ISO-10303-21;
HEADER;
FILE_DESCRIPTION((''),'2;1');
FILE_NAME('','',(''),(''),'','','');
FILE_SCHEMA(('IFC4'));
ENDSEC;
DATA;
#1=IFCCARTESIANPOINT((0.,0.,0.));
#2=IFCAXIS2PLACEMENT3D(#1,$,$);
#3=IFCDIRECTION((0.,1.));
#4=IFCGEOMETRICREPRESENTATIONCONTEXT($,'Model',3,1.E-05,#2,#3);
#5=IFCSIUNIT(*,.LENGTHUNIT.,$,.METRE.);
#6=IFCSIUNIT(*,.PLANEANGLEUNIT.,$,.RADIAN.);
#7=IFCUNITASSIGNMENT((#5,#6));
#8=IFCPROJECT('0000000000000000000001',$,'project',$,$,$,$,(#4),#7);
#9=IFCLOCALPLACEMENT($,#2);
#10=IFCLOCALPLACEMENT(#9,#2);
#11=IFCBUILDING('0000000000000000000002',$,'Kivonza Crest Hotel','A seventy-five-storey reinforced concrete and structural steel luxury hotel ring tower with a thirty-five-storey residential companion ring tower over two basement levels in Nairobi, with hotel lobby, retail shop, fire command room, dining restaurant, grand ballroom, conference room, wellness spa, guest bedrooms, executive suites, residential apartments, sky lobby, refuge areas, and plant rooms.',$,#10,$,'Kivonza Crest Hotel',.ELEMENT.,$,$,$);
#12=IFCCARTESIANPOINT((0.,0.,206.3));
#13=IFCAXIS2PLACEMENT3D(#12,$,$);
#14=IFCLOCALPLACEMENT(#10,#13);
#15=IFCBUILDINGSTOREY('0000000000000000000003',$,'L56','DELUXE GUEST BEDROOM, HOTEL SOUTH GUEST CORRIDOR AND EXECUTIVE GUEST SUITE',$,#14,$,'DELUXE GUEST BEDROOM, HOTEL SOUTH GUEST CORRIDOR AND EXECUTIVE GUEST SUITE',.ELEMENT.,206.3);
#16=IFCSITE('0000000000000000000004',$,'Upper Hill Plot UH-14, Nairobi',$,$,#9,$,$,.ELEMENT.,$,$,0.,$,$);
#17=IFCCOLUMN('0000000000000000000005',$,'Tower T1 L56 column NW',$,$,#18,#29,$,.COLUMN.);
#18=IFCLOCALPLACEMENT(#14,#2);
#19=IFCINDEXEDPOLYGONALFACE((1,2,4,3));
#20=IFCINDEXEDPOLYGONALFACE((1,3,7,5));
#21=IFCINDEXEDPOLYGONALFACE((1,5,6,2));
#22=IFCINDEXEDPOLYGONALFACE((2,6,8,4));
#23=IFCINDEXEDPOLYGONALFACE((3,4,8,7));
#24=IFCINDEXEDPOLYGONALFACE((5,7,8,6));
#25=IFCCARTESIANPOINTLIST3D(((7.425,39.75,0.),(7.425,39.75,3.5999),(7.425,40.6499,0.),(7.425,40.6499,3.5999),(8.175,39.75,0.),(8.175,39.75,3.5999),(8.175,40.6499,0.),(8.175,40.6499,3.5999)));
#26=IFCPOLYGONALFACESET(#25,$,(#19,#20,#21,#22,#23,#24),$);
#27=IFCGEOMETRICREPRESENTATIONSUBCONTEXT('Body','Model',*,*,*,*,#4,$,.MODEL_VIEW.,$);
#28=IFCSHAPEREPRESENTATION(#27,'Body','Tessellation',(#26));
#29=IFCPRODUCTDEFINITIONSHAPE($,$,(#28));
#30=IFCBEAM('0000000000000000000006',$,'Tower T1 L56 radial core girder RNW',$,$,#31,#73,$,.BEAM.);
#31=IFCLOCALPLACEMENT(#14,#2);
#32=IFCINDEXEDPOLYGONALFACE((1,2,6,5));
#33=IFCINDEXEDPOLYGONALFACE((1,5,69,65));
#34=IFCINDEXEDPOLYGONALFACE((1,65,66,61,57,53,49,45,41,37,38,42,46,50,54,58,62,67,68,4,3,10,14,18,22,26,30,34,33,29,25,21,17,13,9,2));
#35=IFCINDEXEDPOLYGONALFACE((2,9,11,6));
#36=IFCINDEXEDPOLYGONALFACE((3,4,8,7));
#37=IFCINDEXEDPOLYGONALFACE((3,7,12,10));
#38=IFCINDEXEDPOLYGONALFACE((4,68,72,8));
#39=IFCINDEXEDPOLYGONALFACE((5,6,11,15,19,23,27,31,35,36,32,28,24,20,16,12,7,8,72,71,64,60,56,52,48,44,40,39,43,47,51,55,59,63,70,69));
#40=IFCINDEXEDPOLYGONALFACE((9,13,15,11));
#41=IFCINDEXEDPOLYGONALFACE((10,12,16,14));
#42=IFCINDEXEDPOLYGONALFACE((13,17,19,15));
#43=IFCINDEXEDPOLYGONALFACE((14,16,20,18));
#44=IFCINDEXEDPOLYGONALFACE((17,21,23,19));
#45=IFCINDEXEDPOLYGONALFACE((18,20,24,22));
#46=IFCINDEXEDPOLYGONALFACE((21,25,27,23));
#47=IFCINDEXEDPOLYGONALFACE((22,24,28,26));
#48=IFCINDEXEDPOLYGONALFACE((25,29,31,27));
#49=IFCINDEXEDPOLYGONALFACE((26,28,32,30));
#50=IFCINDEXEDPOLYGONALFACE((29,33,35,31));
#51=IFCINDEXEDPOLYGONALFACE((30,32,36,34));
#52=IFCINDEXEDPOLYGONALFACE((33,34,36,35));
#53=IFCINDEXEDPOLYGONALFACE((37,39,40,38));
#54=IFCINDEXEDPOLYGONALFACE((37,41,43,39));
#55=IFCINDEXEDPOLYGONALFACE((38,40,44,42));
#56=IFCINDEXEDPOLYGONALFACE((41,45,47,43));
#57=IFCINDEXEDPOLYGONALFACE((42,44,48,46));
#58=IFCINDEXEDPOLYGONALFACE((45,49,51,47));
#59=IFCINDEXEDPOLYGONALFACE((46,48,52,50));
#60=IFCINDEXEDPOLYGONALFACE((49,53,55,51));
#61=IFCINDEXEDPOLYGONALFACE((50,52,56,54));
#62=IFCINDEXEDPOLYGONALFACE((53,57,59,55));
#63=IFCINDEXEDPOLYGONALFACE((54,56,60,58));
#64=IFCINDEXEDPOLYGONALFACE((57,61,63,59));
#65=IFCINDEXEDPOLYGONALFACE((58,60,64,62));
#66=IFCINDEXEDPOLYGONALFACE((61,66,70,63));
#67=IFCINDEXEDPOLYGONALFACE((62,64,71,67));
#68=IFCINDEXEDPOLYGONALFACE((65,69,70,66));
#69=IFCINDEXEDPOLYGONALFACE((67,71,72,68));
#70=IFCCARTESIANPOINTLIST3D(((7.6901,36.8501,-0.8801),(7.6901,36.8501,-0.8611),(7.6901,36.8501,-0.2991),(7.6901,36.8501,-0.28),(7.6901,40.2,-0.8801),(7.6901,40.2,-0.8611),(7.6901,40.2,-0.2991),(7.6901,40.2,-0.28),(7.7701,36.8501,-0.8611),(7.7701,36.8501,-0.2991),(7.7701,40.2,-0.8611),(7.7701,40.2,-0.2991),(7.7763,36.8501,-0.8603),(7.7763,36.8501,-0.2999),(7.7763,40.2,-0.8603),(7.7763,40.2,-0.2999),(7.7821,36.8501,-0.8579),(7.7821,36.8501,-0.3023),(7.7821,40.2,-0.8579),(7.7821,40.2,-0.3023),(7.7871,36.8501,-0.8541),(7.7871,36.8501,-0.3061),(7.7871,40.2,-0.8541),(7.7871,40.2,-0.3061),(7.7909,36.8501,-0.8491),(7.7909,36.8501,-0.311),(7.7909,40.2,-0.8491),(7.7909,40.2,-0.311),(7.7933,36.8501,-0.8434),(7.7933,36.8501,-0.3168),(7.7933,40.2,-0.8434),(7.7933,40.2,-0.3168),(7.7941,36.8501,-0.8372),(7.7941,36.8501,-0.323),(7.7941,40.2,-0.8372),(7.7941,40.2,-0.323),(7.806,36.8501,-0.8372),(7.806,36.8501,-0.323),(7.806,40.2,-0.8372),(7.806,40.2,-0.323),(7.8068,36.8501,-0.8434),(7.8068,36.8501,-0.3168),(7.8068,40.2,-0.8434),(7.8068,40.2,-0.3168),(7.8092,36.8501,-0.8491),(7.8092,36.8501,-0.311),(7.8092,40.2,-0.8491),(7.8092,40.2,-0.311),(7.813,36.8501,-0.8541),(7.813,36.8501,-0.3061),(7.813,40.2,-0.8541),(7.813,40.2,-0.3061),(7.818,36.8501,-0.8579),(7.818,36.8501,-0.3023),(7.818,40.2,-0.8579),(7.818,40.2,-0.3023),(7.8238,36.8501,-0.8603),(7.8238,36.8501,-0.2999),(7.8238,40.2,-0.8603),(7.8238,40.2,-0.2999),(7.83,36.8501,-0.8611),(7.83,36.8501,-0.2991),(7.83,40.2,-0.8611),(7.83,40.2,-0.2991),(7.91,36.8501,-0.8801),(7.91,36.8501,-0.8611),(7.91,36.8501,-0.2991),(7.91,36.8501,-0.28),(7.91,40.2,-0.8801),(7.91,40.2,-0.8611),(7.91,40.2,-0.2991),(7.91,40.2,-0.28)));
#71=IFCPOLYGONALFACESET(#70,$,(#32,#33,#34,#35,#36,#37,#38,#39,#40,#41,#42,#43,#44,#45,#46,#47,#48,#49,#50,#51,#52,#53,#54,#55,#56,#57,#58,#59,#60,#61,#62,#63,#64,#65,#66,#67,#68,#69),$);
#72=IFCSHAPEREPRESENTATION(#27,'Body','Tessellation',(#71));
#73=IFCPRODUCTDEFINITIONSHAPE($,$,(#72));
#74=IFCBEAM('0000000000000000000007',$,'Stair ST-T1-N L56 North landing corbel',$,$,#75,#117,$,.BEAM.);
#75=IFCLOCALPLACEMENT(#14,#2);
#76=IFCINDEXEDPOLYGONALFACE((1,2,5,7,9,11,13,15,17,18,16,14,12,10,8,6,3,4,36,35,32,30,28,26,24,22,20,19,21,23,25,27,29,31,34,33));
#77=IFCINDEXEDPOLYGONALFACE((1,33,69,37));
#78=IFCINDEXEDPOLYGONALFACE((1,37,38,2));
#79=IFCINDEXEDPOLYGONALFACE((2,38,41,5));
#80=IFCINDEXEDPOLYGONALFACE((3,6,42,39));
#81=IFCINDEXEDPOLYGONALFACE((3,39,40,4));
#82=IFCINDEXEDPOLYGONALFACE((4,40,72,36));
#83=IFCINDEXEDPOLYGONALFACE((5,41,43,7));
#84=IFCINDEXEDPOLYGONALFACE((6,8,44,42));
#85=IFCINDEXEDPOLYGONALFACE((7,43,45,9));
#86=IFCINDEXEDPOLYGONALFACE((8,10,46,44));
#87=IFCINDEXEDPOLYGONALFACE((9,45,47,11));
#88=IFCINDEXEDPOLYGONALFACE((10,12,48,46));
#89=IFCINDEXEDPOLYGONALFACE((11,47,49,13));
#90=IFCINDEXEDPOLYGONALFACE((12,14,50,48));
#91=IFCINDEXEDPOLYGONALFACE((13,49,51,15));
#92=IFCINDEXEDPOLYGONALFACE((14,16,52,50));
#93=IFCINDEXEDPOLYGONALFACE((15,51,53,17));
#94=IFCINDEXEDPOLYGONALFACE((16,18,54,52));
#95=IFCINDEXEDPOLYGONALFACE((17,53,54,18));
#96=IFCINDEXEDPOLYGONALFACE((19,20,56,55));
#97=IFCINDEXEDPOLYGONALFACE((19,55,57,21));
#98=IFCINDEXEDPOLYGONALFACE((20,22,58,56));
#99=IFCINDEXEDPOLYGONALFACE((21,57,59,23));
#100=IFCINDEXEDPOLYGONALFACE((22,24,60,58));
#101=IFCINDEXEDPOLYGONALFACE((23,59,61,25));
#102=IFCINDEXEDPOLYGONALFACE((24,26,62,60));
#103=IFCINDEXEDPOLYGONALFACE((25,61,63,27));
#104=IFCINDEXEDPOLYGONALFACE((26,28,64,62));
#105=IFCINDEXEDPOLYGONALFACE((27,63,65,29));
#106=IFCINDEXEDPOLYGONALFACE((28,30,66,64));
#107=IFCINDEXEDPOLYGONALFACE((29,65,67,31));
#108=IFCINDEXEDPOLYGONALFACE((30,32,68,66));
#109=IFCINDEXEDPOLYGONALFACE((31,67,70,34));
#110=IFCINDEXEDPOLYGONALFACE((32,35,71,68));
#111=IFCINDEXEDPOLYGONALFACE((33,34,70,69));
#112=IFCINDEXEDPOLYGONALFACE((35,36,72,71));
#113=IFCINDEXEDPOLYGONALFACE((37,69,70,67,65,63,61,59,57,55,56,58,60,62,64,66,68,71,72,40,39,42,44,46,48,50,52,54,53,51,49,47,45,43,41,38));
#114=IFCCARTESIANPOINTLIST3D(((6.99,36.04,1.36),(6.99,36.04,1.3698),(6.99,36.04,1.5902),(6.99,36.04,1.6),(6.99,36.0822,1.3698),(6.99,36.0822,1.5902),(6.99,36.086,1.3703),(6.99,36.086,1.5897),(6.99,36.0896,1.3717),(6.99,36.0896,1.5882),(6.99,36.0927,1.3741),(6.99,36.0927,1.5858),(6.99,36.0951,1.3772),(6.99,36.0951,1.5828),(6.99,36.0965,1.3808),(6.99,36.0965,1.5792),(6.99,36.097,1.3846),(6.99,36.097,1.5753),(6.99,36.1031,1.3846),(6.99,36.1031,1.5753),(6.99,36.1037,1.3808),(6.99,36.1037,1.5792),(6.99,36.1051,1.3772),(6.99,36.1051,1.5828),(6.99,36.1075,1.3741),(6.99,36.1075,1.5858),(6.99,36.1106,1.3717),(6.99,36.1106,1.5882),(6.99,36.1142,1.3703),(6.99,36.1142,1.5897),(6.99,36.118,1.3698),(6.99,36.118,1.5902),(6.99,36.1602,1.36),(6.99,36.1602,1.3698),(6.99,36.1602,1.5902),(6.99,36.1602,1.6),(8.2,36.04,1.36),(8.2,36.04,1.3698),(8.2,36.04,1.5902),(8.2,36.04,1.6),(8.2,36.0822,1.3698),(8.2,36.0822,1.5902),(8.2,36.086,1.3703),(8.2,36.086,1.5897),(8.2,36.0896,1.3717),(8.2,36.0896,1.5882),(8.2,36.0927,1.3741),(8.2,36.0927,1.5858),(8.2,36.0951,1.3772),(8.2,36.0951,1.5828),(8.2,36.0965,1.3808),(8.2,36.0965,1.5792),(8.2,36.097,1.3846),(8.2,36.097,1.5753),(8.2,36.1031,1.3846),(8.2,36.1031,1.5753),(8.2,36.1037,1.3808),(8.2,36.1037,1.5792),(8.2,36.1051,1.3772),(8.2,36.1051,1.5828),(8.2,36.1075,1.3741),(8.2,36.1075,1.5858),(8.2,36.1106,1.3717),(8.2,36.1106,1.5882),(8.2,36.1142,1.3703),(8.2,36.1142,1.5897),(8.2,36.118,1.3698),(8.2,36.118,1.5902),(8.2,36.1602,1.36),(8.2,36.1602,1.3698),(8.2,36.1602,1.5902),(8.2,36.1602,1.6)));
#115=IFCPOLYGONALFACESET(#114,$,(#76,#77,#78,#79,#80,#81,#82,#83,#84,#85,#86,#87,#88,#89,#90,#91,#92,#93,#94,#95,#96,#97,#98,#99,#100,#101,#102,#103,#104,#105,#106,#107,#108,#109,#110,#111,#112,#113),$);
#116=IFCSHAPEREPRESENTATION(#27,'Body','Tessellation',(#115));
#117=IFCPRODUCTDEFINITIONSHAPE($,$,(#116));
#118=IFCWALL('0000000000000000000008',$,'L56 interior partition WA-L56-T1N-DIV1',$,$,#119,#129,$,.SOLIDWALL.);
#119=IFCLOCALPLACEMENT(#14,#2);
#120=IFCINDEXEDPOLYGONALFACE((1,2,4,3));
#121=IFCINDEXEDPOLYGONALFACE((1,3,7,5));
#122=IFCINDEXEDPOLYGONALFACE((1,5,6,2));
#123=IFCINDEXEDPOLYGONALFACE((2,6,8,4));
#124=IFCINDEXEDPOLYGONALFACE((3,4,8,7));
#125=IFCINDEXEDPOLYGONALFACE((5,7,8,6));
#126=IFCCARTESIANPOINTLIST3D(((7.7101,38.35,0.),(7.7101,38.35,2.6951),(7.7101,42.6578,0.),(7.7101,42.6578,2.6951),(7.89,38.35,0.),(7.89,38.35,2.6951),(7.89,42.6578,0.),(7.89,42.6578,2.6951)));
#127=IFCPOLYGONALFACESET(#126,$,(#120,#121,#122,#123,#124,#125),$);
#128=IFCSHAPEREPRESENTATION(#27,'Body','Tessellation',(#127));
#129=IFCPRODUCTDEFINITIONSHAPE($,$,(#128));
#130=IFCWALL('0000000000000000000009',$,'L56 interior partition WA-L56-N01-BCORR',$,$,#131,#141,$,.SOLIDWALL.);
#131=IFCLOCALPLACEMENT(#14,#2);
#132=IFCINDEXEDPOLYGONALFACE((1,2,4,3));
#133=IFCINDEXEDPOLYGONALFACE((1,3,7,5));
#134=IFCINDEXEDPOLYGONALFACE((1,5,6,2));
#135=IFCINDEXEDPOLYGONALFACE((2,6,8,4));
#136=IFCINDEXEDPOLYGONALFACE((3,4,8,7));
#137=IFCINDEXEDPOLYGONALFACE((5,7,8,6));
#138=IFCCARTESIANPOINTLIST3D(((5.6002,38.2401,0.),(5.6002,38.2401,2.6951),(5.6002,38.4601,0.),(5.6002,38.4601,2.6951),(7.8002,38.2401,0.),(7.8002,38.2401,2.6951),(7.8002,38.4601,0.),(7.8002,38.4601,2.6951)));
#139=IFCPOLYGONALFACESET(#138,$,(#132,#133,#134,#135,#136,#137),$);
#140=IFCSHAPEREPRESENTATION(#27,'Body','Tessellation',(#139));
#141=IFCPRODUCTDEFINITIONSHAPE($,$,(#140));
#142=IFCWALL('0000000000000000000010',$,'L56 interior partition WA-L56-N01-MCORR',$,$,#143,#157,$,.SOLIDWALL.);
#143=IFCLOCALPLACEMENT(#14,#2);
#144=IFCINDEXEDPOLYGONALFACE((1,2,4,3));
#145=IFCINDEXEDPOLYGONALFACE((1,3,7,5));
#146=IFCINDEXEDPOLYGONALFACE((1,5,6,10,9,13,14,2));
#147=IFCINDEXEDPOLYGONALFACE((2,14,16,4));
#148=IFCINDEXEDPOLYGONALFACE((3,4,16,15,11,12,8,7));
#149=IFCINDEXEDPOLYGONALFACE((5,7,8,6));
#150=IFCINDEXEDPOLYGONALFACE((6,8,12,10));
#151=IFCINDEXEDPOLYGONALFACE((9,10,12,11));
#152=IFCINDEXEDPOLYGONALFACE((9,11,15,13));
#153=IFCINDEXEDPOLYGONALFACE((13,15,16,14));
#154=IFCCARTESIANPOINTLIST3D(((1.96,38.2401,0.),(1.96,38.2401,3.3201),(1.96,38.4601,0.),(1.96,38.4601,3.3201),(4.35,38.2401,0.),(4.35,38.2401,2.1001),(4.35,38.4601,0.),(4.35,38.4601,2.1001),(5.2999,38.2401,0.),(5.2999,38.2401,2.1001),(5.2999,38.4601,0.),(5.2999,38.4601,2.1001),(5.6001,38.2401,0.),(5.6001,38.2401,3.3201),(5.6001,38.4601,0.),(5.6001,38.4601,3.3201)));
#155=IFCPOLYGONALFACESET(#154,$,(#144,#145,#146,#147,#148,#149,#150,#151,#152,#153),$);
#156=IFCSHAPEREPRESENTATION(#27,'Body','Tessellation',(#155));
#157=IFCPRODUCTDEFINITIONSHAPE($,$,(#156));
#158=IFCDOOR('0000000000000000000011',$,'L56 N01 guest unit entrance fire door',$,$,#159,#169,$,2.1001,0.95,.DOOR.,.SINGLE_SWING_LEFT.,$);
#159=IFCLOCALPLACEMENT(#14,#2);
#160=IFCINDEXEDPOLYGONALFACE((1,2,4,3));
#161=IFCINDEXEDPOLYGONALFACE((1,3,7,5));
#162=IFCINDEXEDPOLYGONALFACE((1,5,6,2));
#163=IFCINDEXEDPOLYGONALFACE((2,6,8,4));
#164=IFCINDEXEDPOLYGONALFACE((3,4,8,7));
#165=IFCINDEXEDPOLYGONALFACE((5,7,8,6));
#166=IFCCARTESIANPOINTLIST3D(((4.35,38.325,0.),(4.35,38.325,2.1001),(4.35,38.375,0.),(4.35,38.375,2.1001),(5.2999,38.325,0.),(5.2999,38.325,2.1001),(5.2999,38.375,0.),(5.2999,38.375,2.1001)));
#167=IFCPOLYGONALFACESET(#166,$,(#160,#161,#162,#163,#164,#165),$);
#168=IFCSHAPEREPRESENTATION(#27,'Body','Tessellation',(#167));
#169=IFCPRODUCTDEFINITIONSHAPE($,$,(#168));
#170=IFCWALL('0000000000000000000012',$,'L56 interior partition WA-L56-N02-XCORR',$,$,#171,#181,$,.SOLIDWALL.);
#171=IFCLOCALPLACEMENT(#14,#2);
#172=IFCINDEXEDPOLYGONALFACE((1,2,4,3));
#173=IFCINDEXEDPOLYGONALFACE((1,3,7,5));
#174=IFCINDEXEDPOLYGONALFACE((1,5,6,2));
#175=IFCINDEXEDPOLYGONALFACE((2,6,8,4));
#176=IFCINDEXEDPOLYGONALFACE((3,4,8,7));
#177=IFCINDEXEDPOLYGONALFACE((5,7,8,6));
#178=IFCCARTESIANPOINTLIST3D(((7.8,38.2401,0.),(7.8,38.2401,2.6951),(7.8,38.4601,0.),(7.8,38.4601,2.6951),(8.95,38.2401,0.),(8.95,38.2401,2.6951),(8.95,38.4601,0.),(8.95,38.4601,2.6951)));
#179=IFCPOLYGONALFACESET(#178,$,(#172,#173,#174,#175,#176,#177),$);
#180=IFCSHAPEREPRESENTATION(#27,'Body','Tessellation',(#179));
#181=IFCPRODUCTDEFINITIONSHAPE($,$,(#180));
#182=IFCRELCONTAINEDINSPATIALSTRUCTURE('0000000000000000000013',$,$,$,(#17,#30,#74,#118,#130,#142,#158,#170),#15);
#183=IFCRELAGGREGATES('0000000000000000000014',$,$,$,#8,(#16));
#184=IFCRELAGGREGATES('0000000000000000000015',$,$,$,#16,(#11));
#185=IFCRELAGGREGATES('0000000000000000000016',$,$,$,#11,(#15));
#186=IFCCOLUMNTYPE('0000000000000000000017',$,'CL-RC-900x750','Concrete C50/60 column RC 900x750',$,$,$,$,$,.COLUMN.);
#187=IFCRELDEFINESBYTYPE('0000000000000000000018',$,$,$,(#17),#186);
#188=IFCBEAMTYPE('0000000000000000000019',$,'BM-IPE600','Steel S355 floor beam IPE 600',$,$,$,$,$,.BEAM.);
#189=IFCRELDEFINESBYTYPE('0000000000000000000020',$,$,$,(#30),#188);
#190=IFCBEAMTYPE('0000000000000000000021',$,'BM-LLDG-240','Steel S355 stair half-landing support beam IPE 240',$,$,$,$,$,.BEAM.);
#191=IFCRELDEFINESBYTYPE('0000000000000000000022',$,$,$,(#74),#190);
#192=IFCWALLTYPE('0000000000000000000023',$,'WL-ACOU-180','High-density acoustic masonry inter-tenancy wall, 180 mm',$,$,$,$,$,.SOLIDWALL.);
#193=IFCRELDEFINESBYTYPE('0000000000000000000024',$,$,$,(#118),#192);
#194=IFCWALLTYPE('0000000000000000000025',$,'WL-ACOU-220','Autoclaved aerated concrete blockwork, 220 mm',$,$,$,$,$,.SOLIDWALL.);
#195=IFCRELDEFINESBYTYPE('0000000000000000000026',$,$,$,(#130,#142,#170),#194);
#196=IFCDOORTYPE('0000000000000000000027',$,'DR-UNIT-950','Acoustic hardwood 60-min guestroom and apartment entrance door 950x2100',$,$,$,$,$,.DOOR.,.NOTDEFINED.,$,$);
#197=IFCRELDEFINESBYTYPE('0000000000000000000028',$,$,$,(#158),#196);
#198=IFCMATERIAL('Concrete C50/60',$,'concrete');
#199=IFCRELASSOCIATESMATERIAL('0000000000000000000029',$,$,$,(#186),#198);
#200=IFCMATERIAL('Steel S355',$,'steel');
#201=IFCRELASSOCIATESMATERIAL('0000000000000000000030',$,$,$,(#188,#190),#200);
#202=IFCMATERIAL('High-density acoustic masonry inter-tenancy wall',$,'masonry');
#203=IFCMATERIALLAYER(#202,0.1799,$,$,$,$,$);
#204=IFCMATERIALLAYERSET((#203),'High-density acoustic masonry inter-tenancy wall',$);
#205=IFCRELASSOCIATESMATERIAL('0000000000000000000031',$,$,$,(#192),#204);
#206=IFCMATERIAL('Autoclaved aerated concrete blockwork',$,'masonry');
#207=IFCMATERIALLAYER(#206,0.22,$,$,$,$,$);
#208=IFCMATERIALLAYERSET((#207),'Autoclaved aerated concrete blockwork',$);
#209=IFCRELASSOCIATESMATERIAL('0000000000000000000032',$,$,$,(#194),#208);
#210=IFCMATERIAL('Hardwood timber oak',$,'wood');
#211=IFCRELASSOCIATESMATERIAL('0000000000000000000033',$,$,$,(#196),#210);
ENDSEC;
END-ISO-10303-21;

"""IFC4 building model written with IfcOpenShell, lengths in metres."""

from ifc_helpers import new_model, si_unit, direction, frame, frame_2d, origin, origin_2d, place, context, subcontext, project, spatial, rectangle, i_section, extrude, material, layer, layer_set, material_profile, profile_set, type_object, element, fill, save


model = new_model("IFC4")

# Units and contexts
model_context = context("Model", 3, precision=1e-05, world=origin(), true_north=direction((0.0, 1.0)))
body_context = subcontext(model_context, "Body", "Model", "MODEL_VIEW")
ifc_project = project(units=[si_unit("LENGTHUNIT", "METRE"), si_unit("PLANEANGLEUNIT", "RADIAN")], contexts=[model_context])

# Site, building, storey
site_placement = place(None, origin())
site = spatial("IfcSite", under=ifc_project, at=site_placement, Name="Upper Hill Plot UH-14, Nairobi", CompositionType="ELEMENT", RefElevation=0.0)
building_placement = place(site_placement, origin())
building = spatial("IfcBuilding", under=site, at=building_placement, Name="Kivonza Crest Hotel", Description="A seventy-five-storey reinforced concrete and structural steel luxury hotel ring tower with a thirty-five-storey residential companion ring tower over two basement levels in Nairobi, with hotel lobby, retail shop, fire command room, dining restaurant, grand ballroom, conference room, wellness spa, guest bedrooms, executive suites, residential apartments, sky lobby, refuge areas, and plant rooms.", LongName="Kivonza Crest Hotel", CompositionType="ELEMENT")
storey_placement = place(building_placement, frame((0.0, 0.0, 206.3)))
storey = spatial("IfcBuildingStorey", under=building, at=storey_placement, Name="L56", Description="DELUXE GUEST BEDROOM, HOTEL SOUTH GUEST CORRIDOR AND EXECUTIVE GUEST SUITE", LongName="DELUXE GUEST BEDROOM, HOTEL SOUTH GUEST CORRIDOR AND EXECUTIVE GUEST SUITE", CompositionType="ELEMENT", Elevation=206.3)

# Column
ifc_material_1 = material(Name="Concrete C50/60", Category="concrete")
ifc_material_profile_1 = material_profile(ifc_material_1, rectangle(XDim=0.75, YDim=0.8999, at=origin_2d()), Name="RC 900x750")
ifc_profile_set_1 = profile_set([ifc_material_profile_1], Name="Concrete C50/60")
column_type = type_object("IfcColumnType", Name="CL-RC-900x750", Description="Concrete C50/60 column RC 900x750", PredefinedType="COLUMN", material=ifc_profile_set_1)
column_placement = place(storey_placement, frame((7.8, 40.2, 0.0), z_axis=(0.0, 0.0, 1.0), x_axis=(1.0, 0.0, 0.0)))
element("IfcColumn", 1, at=column_placement, inside=storey, type_object=column_type, Name="Tower T1 L56 column NW", PredefinedType="COLUMN", context=body_context, shape_type="SweptSolid", body=[
    extrude(rectangle(XDim=0.75, YDim=0.8999, at=origin_2d()), origin(), (0.0, 0.0, 1.0), 3.5999),
])

# Beams
ifc_material_2 = material(Name="Steel S355", Category="steel")
ifc_material_profile_2 = material_profile(ifc_material_2, i_section(OverallWidth=0.22, OverallDepth=0.6001, WebThickness=0.012, FlangeThickness=0.019, FilletRadius=0.0239, at=origin_2d()), Name="IPE 600")
ifc_profile_set_2 = profile_set([ifc_material_profile_2], Name="Steel S355")
beam_type_1 = type_object("IfcBeamType", Name="BM-IPE600", Description="Steel S355 floor beam IPE 600", PredefinedType="BEAM", material=ifc_profile_set_2)
beam_1_placement = place(storey_placement, frame((7.8, 40.2, -0.5801), z_axis=(0.0, -1.0, 0.0), x_axis=(1.0, 0.0, 0.0)))
element("IfcBeam", 2, at=beam_1_placement, inside=storey, type_object=beam_type_1, Name="Tower T1 L56 radial core girder RNW", PredefinedType="BEAM", context=body_context, shape_type="SweptSolid", body=[
    extrude(i_section(OverallWidth=0.22, OverallDepth=0.6001, WebThickness=0.012, FlangeThickness=0.019, FilletRadius=0.0239, at=origin_2d()), origin(), (0.0, 0.0, 1.0), 3.3499),
])
ifc_material_profile_3 = material_profile(ifc_material_2, i_section(OverallWidth=0.1201, OverallDepth=0.24, WebThickness=0.0061, FlangeThickness=0.0098, FilletRadius=0.0149, at=origin_2d()), Name="IPE 240")
ifc_profile_set_3 = profile_set([ifc_material_profile_3], Name="Steel S355")
beam_type_2 = type_object("IfcBeamType", Name="BM-LLDG-240", Description="Steel S355 stair half-landing support beam IPE 240", PredefinedType="BEAM", material=ifc_profile_set_3)
beam_2_placement = place(storey_placement, frame((6.99, 36.1001, 1.48), z_axis=(1.0, 0.0, 0.0), x_axis=(0.0, 1.0, 0.0)))
element("IfcBeam", 3, at=beam_2_placement, inside=storey, type_object=beam_type_2, Name="Stair ST-T1-N L56 North landing corbel", PredefinedType="BEAM", context=body_context, shape_type="SweptSolid", body=[
    extrude(i_section(OverallWidth=0.1201, OverallDepth=0.24, WebThickness=0.0061, FlangeThickness=0.0098, FilletRadius=0.0149, at=origin_2d()), origin(), (0.0, 0.0, 1.0), 1.21),
])

# Walls
ifc_material_3 = material(Name="High-density acoustic masonry inter-tenancy wall", Category="masonry")
ifc_layer_1 = layer(ifc_material_3, 0.1799)
ifc_layer_set_1 = layer_set([ifc_layer_1], Name="High-density acoustic masonry inter-tenancy wall")
wall_type_1 = type_object("IfcWallType", Name="WL-ACOU-180", Description="High-density acoustic masonry inter-tenancy wall, 180 mm", PredefinedType="SOLIDWALL", material=ifc_layer_set_1)
wall_1_placement = place(storey_placement, frame((7.8, 38.3501, 0.0), z_axis=(0.0, 0.0, 1.0), x_axis=(0.0, 1.0, 0.0)))
element("IfcWall", 4, at=wall_1_placement, inside=storey, type_object=wall_type_1, Name="L56 interior partition WA-L56-T1N-DIV1", PredefinedType="SOLIDWALL", context=body_context, shape_type="SweptSolid", body=[
    extrude(rectangle(XDim=4.3079, YDim=0.1799, at=frame_2d((2.1538, 0.0))), origin(), (0.0, 0.0, 1.0), 2.6951),
])
ifc_material_4 = material(Name="Autoclaved aerated concrete blockwork", Category="masonry")
ifc_layer_2 = layer(ifc_material_4, 0.22)
ifc_layer_set_2 = layer_set([ifc_layer_2], Name="Autoclaved aerated concrete blockwork")
wall_type_2 = type_object("IfcWallType", Name="WL-ACOU-220", Description="Autoclaved aerated concrete blockwork, 220 mm", PredefinedType="SOLIDWALL", material=ifc_layer_set_2)
wall_2_placement = place(storey_placement, frame((5.6001, 38.3501, 0.0), z_axis=(0.0, 0.0, 1.0), x_axis=(1.0, 0.0, 0.0)))
element("IfcWall", 5, at=wall_2_placement, inside=storey, type_object=wall_type_2, Name="L56 interior partition WA-L56-N01-BCORR", PredefinedType="SOLIDWALL", context=body_context, shape_type="SweptSolid", body=[
    extrude(rectangle(XDim=2.2, YDim=0.22, at=frame_2d((1.1001, 0.0))), origin(), (0.0, 0.0, 1.0), 2.6951),
])

# Wall, opening, door
wall_3_placement = place(storey_placement, frame((1.96, 38.3501, 0.0), z_axis=(0.0, 0.0, 1.0), x_axis=(1.0, 0.0, 0.0)))
wall_3 = element("IfcWall", 6, at=wall_3_placement, inside=storey, type_object=wall_type_2, Name="L56 interior partition WA-L56-N01-MCORR", PredefinedType="SOLIDWALL", context=body_context, shape_type="SweptSolid", body=[
    extrude(rectangle(XDim=3.6401, YDim=0.22, at=frame_2d((1.8201, 0.0))), origin(), (0.0, 0.0, 1.0), 3.3201),
])
opening_1_placement = place(wall_3_placement, frame((2.3899, 0.0, 0.0)))
opening_1 = element("IfcOpeningElement", 7, at=opening_1_placement, cuts=wall_3, PredefinedType="OPENING", context=body_context, shape_type="SweptSolid", body=[
    extrude(rectangle(XDim=0.95, YDim=2.1001, at=frame_2d((0.4751, 1.05))), frame((0.0, 0.1201, 0.0), z_axis=(0.0, -1.0, 0.0), x_axis=(1.0, 0.0, 0.0)), (0.0, 0.0, 1.0), 0.24),
])
ifc_material_5 = material(Name="Hardwood timber oak", Category="wood")
door_type_1 = type_object("IfcDoorType", Name="DR-UNIT-950", Description="Acoustic hardwood 60-min guestroom and apartment entrance door 950x2100", OperationType="NOTDEFINED", PredefinedType="DOOR", material=ifc_material_5)
door_1_placement = place(opening_1_placement, origin())
door_1 = element("IfcDoor", 8, at=door_1_placement, inside=storey, type_object=door_type_1, Name="L56 N01 guest unit entrance fire door", OperationType="SINGLE_SWING_LEFT", OverallHeight=2.1001, OverallWidth=0.95, PredefinedType="DOOR", context=body_context, shape_type="SweptSolid", body=[
    extrude(rectangle(XDim=0.95, YDim=2.1001, at=frame_2d((0.4751, 1.05))), frame((0.0, 0.0249, 0.0), z_axis=(0.0, -1.0, 0.0), x_axis=(1.0, 0.0, 0.0)), (0.0, 0.0, 1.0), 0.05),
])
fill(opening_1, door_1)

# Wall
wall_4_placement = place(storey_placement, frame((7.8, 38.3501, 0.0), z_axis=(0.0, 0.0, 1.0), x_axis=(1.0, 0.0, 0.0)))
element("IfcWall", 9, at=wall_4_placement, inside=storey, type_object=wall_type_2, Name="L56 interior partition WA-L56-N02-XCORR", PredefinedType="SOLIDWALL", context=body_context, shape_type="SweptSolid", body=[
    extrude(rectangle(XDim=1.1499, YDim=0.22, at=frame_2d((0.575, 0.0))), origin(), (0.0, 0.0, 1.0), 2.6951),
])

save(model, "model.ifc")
